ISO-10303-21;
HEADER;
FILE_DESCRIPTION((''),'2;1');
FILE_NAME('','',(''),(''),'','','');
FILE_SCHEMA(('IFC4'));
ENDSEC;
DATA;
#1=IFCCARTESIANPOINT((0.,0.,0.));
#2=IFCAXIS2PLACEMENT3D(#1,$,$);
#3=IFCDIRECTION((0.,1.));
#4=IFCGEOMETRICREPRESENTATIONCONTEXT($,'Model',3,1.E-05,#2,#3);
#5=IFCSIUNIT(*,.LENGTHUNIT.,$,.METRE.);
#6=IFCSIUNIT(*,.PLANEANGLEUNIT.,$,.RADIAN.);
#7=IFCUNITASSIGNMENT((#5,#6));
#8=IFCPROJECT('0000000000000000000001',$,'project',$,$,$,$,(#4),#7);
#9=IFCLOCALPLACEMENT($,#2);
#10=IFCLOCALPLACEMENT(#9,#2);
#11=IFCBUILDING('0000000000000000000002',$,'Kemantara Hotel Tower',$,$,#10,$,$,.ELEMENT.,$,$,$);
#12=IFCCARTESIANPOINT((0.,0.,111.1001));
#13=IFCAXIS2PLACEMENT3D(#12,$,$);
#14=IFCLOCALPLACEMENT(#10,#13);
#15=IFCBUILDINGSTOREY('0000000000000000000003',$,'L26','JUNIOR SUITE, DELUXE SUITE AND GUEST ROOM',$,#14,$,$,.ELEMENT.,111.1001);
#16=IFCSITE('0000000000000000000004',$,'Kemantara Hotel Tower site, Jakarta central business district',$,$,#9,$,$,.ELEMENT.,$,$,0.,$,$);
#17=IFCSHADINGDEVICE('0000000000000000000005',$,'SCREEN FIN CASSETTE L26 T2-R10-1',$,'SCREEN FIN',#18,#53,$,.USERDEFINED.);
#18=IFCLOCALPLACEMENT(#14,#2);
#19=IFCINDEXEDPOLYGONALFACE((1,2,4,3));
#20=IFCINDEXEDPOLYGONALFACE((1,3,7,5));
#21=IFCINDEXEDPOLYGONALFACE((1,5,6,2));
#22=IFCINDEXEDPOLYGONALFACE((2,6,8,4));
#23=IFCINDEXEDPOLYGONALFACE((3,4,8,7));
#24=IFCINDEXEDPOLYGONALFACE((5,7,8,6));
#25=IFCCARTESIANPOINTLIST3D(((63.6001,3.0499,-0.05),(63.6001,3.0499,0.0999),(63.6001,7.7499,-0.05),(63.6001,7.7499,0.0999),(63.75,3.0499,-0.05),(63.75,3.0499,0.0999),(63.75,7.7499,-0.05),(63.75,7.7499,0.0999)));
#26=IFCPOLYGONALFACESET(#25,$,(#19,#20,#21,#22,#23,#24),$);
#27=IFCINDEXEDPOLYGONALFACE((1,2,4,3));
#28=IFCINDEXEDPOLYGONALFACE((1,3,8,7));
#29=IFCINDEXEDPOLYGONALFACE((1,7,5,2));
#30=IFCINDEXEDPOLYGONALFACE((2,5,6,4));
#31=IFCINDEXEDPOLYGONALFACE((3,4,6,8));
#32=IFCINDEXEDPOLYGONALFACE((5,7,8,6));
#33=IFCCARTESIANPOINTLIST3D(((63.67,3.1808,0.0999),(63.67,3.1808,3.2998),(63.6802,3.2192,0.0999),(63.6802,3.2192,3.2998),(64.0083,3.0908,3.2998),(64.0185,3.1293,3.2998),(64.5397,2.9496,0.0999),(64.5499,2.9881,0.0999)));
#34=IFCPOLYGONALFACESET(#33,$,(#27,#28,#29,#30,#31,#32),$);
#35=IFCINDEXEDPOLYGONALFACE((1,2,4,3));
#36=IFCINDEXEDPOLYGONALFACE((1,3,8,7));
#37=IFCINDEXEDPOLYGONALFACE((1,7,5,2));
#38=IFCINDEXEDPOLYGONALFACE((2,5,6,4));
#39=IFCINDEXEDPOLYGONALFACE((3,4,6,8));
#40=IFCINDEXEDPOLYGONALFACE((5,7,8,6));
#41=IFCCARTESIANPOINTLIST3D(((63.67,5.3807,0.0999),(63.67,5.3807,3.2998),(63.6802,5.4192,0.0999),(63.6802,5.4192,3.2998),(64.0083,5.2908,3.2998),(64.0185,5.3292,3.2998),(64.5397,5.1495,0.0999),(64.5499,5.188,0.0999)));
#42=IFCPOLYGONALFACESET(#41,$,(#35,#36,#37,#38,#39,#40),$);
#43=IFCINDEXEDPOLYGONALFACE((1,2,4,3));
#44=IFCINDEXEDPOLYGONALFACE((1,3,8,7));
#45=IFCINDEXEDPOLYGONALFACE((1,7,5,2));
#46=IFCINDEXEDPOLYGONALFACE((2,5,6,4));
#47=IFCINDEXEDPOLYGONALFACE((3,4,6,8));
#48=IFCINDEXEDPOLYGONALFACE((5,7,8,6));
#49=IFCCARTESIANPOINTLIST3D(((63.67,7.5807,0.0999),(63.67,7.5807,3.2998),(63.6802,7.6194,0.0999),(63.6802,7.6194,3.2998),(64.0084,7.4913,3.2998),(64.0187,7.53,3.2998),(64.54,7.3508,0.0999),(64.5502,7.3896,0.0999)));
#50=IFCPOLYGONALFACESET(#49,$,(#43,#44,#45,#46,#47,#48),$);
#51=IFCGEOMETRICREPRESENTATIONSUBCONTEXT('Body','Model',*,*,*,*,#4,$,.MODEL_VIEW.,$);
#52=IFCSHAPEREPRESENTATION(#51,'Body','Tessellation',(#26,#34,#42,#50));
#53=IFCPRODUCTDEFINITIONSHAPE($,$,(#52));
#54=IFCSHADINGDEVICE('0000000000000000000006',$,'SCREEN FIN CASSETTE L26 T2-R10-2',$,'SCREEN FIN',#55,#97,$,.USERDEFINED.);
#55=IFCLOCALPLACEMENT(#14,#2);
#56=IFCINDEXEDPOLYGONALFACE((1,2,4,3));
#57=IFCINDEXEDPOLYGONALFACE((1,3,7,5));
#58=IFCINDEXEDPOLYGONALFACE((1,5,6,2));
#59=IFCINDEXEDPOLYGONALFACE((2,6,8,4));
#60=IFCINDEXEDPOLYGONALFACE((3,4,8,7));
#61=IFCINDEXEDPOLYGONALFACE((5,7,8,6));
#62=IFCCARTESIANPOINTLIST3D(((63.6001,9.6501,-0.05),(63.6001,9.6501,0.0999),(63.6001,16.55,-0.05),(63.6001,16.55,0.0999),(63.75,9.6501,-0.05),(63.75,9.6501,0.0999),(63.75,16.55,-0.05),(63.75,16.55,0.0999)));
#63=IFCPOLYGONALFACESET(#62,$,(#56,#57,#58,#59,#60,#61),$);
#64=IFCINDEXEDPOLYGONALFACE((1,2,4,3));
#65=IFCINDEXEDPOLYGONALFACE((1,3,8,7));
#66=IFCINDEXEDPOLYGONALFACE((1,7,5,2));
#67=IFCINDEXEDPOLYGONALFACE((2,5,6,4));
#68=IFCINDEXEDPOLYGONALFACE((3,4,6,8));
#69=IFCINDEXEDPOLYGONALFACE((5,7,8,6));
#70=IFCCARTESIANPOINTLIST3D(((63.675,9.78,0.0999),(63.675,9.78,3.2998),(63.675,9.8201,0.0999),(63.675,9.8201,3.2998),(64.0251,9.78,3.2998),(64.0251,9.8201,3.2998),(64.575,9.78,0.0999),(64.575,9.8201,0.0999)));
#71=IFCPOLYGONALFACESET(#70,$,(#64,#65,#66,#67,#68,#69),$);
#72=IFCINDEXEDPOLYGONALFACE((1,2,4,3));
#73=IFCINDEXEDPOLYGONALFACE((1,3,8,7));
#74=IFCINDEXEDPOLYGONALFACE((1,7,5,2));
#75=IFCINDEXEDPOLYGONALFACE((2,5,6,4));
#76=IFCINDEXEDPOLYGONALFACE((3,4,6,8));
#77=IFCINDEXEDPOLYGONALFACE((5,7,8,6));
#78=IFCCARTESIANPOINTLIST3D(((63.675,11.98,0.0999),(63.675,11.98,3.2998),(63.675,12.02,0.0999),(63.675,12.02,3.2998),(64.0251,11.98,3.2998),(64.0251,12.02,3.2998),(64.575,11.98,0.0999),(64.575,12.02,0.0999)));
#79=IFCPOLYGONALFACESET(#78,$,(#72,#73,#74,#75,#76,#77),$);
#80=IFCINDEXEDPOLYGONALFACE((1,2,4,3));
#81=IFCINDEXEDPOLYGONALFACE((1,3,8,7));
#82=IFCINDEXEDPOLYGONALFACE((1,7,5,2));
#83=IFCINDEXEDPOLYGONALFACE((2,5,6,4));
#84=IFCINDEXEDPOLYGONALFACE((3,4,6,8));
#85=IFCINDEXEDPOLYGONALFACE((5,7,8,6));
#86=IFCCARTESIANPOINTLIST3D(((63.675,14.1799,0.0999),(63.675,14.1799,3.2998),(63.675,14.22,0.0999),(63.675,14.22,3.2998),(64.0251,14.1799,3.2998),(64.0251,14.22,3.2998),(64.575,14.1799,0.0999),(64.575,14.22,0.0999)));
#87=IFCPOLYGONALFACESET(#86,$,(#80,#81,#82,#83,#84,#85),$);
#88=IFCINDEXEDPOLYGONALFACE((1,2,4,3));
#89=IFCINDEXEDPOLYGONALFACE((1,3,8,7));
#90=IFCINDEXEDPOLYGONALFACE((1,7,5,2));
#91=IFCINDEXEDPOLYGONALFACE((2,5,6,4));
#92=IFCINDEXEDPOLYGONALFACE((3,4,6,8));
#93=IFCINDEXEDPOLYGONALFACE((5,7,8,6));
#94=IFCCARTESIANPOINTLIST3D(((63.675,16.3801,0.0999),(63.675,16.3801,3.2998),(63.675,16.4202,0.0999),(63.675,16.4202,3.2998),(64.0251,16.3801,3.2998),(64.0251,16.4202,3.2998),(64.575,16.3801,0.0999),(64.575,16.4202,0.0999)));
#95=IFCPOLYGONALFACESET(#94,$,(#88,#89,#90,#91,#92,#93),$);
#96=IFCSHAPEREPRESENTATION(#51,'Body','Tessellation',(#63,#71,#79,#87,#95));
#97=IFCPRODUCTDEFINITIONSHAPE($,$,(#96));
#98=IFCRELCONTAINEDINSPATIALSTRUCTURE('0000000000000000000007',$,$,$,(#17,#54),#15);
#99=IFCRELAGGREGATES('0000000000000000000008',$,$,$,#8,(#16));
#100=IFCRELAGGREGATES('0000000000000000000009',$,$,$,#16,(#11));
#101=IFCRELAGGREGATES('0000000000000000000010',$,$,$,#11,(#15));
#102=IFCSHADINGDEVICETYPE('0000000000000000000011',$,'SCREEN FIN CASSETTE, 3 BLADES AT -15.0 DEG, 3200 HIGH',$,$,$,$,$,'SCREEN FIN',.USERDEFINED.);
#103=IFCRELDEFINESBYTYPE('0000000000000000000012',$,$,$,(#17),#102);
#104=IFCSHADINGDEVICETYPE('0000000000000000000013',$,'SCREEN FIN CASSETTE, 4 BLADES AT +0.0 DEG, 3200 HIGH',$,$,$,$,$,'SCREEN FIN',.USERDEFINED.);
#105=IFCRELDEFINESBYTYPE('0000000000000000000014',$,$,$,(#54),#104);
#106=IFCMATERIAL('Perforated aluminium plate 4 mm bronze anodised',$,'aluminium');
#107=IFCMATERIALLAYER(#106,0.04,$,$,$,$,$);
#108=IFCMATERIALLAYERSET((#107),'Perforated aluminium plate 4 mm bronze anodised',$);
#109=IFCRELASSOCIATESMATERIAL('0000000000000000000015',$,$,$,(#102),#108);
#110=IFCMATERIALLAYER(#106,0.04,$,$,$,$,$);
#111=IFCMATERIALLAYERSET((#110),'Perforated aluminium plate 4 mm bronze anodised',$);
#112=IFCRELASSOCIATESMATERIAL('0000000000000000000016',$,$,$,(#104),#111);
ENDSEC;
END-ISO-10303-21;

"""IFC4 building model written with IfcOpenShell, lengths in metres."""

from ifc_helpers import new_model, si_unit, direction, frame, origin, origin_2d, place, context, subcontext, project, spatial, polyline, rectangle, outline, extrude, source, transform, mapped, material, layer, layer_set, type_object, element, save


model = new_model("IFC4")

# Units and contexts
model_context = context("Model", 3, precision=1e-05, world=origin(), true_north=direction((0.0, 1.0)))
body_context = subcontext(model_context, "Body", "Model", "MODEL_VIEW")
ifc_project = project(units=[si_unit("LENGTHUNIT", "METRE"), si_unit("PLANEANGLEUNIT", "RADIAN")], contexts=[model_context])

# Site, building, storey
site_placement = place(None, origin())
site = spatial("IfcSite", under=ifc_project, at=site_placement, Name="Kemantara Hotel Tower site, Jakarta central business district", CompositionType="ELEMENT", RefElevation=0.0)
building_placement = place(site_placement, origin())
building = spatial("IfcBuilding", under=site, at=building_placement, Name="Kemantara Hotel Tower", CompositionType="ELEMENT")
storey_placement = place(building_placement, frame((0.0, 0.0, 111.1001)))
storey = spatial("IfcBuildingStorey", under=building, at=storey_placement, Name="L26", Description="JUNIOR SUITE, DELUXE SUITE AND GUEST ROOM", CompositionType="ELEMENT", Elevation=111.1001)

# Shading devices
ifc_material_1 = material(Name="Perforated aluminium plate 4 mm bronze anodised", Category="aluminium")
ifc_layer_1 = layer(ifc_material_1, 0.04)
ifc_layer_set_1 = layer_set([ifc_layer_1], Name="Perforated aluminium plate 4 mm bronze anodised")
shading_device_type_1 = type_object("IfcShadingDeviceType", Name="SCREEN FIN CASSETTE, 3 BLADES AT -15.0 DEG, 3200 HIGH", ElementType="SCREEN FIN", PredefinedType="USERDEFINED", material=ifc_layer_set_1)
shared_shape_1 = source(origin(), body_context, "Body", "SweptSolid", [
    extrude(rectangle(XDim=4.7, YDim=0.1499, at=origin_2d()), frame((2.2, -0.075, -0.1499), z_axis=(0.0, 0.0, 1.0), x_axis=(1.0, 0.0, 0.0)), (0.0, 0.0, 1.0), 0.1499),
    extrude(outline(polyline([(0.0, 0.0), (0.8999, 0.0), (0.3501, 3.2), (0.0, 3.2), (0.0, 0.0)])), frame((0.0193, -0.0801, 0.0), z_axis=(-0.966438, 0.256901, 0.0), x_axis=(-0.256901, -0.966438, 0.0)), (0.0, 0.0, 1.0), 0.0398),
    extrude(outline(polyline([(0.0, 0.0), (0.8999, 0.0), (0.3501, 3.2), (0.0, 3.2), (0.0, 0.0)])), frame((2.2192, -0.0801, 0.0), z_axis=(-0.966438, 0.256901, 0.0), x_axis=(-0.256901, -0.966438, 0.0)), (0.0, 0.0, 1.0), 0.0398),
    extrude(outline(polyline([(0.0, 0.0), (0.8999, 0.0), (0.3501, 3.2), (0.0, 3.2), (0.0, 0.0)])), frame((4.4194, -0.0801, 0.0), z_axis=(-0.966838, 0.255391, 0.0), x_axis=(-0.255391, -0.966838, 0.0)), (0.0, 0.0, 1.0), 0.04),
])
shading_device_1_placement = place(storey_placement, frame((63.6001, 3.2, 0.0999), z_axis=(0.0, 0.0, 1.0), x_axis=(0.0, 1.0, 0.0)))
element("IfcShadingDevice", 1, at=shading_device_1_placement, inside=storey, type_object=shading_device_type_1, Name="SCREEN FIN CASSETTE L26 T2-R10-1", ObjectType="SCREEN FIN", PredefinedType="USERDEFINED", context=body_context, shape_type="MappedRepresentation", body=[
    mapped(shared_shape_1, transform((0.0, 0.0, 0.0))),
])
ifc_layer_2 = layer(ifc_material_1, 0.04)
ifc_layer_set_2 = layer_set([ifc_layer_2], Name="Perforated aluminium plate 4 mm bronze anodised")
shading_device_type_2 = type_object("IfcShadingDeviceType", Name="SCREEN FIN CASSETTE, 4 BLADES AT +0.0 DEG, 3200 HIGH", ElementType="SCREEN FIN", PredefinedType="USERDEFINED", material=ifc_layer_set_2)
shared_shape_2 = source(origin(), body_context, "Body", "SweptSolid", [
    extrude(rectangle(XDim=6.8999, YDim=0.1499, at=origin_2d()), frame((3.3, -0.075, -0.1499), z_axis=(0.0, 0.0, 1.0), x_axis=(1.0, 0.0, 0.0)), (0.0, 0.0, 1.0), 0.1499),
    extrude(outline(polyline([(0.0, 0.0), (0.8999, 0.0), (0.3501, 3.2), (0.0, 3.2), (0.0, 0.0)])), frame((0.02, -0.075, 0.0), z_axis=(-1.0, 0.0, 0.0), x_axis=(0.0, -1.0, 0.0)), (0.0, 0.0, 1.0), 0.04),
    extrude(outline(polyline([(0.0, 0.0), (0.8999, 0.0), (0.3501, 3.2), (0.0, 3.2), (0.0, 0.0)])), frame((2.22, -0.075, 0.0), z_axis=(-1.0, 0.0, 0.0), x_axis=(0.0, -1.0, 0.0)), (0.0, 0.0, 1.0), 0.04),
    extrude(outline(polyline([(0.0, 0.0), (0.8999, 0.0), (0.3501, 3.2), (0.0, 3.2), (0.0, 0.0)])), frame((4.4199, -0.075, 0.0), z_axis=(-1.0, 0.0, 0.0), x_axis=(0.0, -1.0, 0.0)), (0.0, 0.0, 1.0), 0.04),
    extrude(outline(polyline([(0.0, 0.0), (0.8999, 0.0), (0.3501, 3.2), (0.0, 3.2), (0.0, 0.0)])), frame((6.6201, -0.075, 0.0), z_axis=(-1.0, 0.0, 0.0), x_axis=(0.0, -1.0, 0.0)), (0.0, 0.0, 1.0), 0.04),
])
shading_device_2_placement = place(storey_placement, frame((63.6001, 9.8, 0.0999), z_axis=(0.0, 0.0, 1.0), x_axis=(0.0, 1.0, 0.0)))
element("IfcShadingDevice", 2, at=shading_device_2_placement, inside=storey, type_object=shading_device_type_2, Name="SCREEN FIN CASSETTE L26 T2-R10-2", ObjectType="SCREEN FIN", PredefinedType="USERDEFINED", context=body_context, shape_type="MappedRepresentation", body=[
    mapped(shared_shape_2, transform((0.0, 0.0, 0.0))),
])

save(model, "model.ifc")
